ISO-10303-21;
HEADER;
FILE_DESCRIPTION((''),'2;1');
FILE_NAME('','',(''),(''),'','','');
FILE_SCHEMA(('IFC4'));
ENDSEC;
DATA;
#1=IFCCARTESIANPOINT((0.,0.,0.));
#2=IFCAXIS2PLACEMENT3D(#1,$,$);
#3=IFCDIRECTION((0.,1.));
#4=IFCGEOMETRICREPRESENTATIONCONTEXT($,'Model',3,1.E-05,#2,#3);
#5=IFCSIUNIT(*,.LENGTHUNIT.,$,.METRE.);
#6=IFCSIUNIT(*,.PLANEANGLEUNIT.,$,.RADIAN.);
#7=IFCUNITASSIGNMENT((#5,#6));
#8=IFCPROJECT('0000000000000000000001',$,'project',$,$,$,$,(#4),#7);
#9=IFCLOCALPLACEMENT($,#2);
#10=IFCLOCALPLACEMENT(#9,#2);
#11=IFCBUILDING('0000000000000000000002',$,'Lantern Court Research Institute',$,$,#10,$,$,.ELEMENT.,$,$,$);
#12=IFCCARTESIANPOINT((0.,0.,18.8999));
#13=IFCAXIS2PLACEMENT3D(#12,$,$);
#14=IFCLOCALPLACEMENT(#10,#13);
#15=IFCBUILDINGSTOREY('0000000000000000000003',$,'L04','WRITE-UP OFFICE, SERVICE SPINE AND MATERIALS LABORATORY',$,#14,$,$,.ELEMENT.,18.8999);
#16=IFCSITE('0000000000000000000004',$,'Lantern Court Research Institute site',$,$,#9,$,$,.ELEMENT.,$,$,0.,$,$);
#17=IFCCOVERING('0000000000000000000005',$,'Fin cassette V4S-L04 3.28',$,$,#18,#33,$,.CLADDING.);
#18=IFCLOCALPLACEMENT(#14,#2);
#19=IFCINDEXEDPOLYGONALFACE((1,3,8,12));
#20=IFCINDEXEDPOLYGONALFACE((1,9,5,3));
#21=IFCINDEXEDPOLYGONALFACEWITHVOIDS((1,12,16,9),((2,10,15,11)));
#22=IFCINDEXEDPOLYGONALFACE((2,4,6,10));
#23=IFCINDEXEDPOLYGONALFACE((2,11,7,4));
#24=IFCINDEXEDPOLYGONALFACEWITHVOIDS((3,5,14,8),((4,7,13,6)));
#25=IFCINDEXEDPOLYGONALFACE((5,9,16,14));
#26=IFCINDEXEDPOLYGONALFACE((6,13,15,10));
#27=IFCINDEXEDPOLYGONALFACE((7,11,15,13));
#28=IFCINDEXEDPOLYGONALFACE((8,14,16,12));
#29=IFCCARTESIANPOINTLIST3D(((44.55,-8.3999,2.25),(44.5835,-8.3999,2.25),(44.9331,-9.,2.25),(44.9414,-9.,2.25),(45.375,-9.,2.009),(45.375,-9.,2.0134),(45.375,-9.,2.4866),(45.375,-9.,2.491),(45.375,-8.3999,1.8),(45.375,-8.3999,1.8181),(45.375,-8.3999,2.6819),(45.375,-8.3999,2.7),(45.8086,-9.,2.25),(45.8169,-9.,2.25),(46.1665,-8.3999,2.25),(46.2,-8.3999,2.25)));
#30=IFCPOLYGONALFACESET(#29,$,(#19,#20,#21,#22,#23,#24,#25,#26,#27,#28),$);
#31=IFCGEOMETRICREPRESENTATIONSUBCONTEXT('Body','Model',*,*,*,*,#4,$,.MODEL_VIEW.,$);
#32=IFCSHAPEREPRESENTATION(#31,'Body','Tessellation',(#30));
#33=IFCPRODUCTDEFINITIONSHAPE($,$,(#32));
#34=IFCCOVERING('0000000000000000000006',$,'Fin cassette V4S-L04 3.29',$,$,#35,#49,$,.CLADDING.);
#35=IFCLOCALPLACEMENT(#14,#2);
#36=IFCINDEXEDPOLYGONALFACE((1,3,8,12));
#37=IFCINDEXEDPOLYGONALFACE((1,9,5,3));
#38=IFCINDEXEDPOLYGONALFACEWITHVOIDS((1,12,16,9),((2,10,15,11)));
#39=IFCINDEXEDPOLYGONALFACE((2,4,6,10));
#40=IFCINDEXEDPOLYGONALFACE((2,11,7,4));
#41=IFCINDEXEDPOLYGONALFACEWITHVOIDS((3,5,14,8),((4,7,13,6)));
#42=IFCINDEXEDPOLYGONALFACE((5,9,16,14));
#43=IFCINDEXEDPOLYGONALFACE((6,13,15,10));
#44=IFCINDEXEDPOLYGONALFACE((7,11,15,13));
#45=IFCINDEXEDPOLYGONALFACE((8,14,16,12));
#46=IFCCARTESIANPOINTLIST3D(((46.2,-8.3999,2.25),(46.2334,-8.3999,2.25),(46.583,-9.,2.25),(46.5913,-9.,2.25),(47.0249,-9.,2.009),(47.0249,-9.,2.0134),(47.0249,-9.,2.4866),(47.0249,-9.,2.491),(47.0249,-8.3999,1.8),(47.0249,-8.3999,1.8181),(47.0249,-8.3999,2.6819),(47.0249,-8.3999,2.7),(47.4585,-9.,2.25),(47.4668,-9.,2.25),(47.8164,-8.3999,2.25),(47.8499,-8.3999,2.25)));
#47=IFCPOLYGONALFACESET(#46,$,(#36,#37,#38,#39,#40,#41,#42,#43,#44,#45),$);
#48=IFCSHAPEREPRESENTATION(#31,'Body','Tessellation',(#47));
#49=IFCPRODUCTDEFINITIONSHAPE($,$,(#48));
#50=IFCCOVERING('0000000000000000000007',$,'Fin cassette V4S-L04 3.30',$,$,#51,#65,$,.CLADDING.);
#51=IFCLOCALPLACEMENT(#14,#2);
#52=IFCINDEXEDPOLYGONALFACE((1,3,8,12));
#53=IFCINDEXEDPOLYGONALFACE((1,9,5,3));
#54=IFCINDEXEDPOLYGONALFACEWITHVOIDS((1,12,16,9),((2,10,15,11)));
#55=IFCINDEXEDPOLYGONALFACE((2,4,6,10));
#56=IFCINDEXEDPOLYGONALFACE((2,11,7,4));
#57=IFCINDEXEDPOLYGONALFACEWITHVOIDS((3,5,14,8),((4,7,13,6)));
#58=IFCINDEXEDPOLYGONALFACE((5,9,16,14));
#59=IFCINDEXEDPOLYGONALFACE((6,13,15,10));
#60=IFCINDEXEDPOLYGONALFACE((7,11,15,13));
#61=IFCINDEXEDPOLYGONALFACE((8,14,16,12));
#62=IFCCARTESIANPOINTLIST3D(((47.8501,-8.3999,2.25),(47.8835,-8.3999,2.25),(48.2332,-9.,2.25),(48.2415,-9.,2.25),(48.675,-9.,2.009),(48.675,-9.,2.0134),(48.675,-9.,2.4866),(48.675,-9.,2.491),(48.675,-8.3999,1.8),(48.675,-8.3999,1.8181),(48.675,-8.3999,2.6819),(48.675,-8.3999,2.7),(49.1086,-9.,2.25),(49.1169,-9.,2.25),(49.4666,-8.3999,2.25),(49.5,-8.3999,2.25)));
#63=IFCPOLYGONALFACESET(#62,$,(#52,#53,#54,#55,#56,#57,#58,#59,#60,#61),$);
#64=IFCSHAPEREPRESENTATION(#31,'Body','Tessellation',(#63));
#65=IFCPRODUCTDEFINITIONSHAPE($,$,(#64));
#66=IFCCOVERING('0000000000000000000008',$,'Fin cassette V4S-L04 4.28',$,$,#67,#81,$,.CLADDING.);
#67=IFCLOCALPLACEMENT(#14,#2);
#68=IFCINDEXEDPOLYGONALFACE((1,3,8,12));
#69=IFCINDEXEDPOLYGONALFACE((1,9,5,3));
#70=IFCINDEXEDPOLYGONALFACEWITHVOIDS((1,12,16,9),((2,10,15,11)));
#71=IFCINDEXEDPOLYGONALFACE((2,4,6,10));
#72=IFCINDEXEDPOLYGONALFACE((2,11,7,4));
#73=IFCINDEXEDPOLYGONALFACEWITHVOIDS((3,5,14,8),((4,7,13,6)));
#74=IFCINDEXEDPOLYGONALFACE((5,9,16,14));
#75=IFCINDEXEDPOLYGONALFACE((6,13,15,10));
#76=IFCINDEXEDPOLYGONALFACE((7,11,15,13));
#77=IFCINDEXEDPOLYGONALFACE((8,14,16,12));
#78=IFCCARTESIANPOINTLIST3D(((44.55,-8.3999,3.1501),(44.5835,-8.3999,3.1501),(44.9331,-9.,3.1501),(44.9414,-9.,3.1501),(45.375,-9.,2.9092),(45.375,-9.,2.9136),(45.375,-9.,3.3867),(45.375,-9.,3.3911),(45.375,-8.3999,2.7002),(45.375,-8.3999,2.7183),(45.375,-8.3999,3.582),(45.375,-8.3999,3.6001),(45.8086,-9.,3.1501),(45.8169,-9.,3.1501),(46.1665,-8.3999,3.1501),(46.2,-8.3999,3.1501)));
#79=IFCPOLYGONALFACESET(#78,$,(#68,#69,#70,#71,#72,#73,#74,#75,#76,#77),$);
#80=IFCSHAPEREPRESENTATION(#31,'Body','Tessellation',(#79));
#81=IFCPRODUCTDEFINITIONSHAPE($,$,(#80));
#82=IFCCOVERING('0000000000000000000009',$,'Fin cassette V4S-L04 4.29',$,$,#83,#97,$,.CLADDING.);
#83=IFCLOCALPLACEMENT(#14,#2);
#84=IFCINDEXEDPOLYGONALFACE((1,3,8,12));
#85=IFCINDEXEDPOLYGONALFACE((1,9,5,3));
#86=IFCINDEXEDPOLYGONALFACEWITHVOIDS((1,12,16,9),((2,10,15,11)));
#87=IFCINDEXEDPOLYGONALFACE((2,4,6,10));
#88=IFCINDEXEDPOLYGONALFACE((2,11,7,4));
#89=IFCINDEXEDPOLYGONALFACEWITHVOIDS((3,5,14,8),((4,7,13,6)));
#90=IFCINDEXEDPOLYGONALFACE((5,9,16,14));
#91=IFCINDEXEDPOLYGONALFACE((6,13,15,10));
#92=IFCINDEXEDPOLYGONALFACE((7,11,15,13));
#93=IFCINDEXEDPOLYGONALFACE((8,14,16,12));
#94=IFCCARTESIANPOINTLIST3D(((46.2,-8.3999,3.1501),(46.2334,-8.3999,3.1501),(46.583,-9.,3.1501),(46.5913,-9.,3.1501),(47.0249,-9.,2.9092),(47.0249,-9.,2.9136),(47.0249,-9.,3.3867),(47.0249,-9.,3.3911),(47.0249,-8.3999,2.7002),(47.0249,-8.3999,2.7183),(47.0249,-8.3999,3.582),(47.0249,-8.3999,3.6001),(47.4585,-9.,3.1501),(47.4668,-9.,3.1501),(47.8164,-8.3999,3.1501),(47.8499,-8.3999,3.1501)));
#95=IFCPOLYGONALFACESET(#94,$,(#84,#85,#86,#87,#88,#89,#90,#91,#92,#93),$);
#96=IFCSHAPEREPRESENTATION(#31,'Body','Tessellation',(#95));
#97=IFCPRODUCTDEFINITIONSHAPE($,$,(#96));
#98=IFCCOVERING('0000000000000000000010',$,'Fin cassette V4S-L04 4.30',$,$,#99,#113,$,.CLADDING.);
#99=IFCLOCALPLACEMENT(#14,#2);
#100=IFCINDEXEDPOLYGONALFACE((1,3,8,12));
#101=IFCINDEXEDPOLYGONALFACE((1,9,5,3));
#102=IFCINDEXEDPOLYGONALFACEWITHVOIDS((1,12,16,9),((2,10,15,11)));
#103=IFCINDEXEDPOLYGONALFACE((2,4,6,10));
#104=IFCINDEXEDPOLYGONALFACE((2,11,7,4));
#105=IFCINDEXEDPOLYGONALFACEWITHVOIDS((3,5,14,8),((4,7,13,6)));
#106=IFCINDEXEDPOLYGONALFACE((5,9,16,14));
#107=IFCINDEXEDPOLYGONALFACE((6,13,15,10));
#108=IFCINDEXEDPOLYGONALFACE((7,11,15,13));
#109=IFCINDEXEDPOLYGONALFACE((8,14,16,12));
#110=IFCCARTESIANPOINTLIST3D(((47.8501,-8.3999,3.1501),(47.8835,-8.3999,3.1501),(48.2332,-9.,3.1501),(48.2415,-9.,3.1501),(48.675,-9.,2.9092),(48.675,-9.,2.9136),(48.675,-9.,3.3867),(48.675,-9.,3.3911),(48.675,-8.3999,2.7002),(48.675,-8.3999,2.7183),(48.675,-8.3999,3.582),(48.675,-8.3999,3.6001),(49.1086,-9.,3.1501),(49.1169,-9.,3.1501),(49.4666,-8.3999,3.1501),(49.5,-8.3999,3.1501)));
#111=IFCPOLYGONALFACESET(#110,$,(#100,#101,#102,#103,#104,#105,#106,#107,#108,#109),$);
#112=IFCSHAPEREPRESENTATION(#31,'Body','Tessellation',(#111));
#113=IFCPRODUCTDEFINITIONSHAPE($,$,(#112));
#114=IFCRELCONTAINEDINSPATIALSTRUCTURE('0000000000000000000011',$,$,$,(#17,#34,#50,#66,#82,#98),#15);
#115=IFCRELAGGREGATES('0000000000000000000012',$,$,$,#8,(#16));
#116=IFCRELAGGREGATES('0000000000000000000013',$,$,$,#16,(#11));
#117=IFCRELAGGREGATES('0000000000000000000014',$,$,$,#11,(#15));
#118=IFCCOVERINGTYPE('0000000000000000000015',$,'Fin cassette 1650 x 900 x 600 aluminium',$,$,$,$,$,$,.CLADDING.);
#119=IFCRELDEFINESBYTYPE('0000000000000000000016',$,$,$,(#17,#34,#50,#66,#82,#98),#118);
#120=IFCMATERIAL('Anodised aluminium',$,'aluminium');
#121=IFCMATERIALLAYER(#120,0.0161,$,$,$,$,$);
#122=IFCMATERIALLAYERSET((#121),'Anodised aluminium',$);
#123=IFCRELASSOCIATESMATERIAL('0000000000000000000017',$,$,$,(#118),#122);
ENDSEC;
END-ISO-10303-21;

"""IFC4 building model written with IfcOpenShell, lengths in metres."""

from ifc_helpers import new_model, entity, si_unit, direction, frame, origin, place, context, subcontext, project, spatial, material, layer, layer_set, type_object, element, save


model = new_model("IFC4")

# Units and contexts
model_context = context("Model", 3, precision=1e-05, world=origin(), true_north=direction((0.0, 1.0)))
body_context = subcontext(model_context, "Body", "Model", "MODEL_VIEW")
ifc_project = project(units=[si_unit("LENGTHUNIT", "METRE"), si_unit("PLANEANGLEUNIT", "RADIAN")], contexts=[model_context])

# Site, building, storey
site_placement = place(None, origin())
site = spatial("IfcSite", under=ifc_project, at=site_placement, Name="Lantern Court Research Institute site", CompositionType="ELEMENT", RefElevation=0.0)
building_placement = place(site_placement, origin())
building = spatial("IfcBuilding", under=site, at=building_placement, Name="Lantern Court Research Institute", CompositionType="ELEMENT")
storey_placement = place(building_placement, frame((0.0, 0.0, 18.8999)))
storey = spatial("IfcBuildingStorey", under=building, at=storey_placement, Name="L04", Description="WRITE-UP OFFICE, SERVICE SPINE AND MATERIALS LABORATORY", CompositionType="ELEMENT", Elevation=18.8999)

# Coverings
ifc_material_1 = material(Name="Anodised aluminium", Category="aluminium")
ifc_layer_1 = layer(ifc_material_1, 0.0161)
ifc_layer_set_1 = layer_set([ifc_layer_1], Name="Anodised aluminium")
covering_type = type_object("IfcCoveringType", Name="Fin cassette 1650 x 900 x 600 aluminium", PredefinedType="CLADDING", material=ifc_layer_set_1)
covering_1_placement = place(storey_placement, frame((45.375, -8.3999, 2.25), z_axis=(0.0, -1.0, 0.0), x_axis=(1.0, 0.0, 0.0)))
cartesian_point_1 = entity("IfcCartesianPoint", [0.825, 0.0])
cartesian_point_2 = entity("IfcCartesianPoint", [0.7915, 0.0])
cartesian_point_3 = entity("IfcCartesianPoint", [0.4419, 0.0])
cartesian_point_4 = entity("IfcCartesianPoint", [0.4336, 0.0])
element("IfcCovering", 1, at=covering_1_placement, inside=storey, type_object=covering_type, Name="Fin cassette V4S-L04 3.28", PredefinedType="CLADDING", context=body_context, shape_type="SweptSolid", body=[
    entity("IfcExtrudedAreaSolidTapered", entity("IfcArbitraryProfileDefWithVoids", "AREA", None, entity("IfcPolyline", [cartesian_point_1, entity("IfcCartesianPoint", [0.0, 0.45]), entity("IfcCartesianPoint", [-0.825, 0.0]), entity("IfcCartesianPoint", [0.0, -0.45]), cartesian_point_1]), [entity("IfcPolyline", [cartesian_point_2, entity("IfcCartesianPoint", [0.0, 0.4319]), entity("IfcCartesianPoint", [-0.7915, 0.0]), entity("IfcCartesianPoint", [0.0, -0.4319]), cartesian_point_2])]), entity("IfcAxis2Placement3D", entity("IfcCartesianPoint", [0.0, 0.0, 0.0])), entity("IfcDirection", [0.0, 0.0, 1.0]), 0.6001, entity("IfcArbitraryProfileDefWithVoids", "AREA", None, entity("IfcPolyline", [cartesian_point_3, entity("IfcCartesianPoint", [0.0, 0.241]), entity("IfcCartesianPoint", [-0.4419, 0.0]), entity("IfcCartesianPoint", [0.0, -0.241]), cartesian_point_3]), [entity("IfcPolyline", [cartesian_point_4, entity("IfcCartesianPoint", [0.0, 0.2366]), entity("IfcCartesianPoint", [-0.4336, 0.0]), entity("IfcCartesianPoint", [0.0, -0.2366]), cartesian_point_4])])),
])
covering_2_placement = place(storey_placement, frame((47.0249, -8.3999, 2.25), z_axis=(0.0, -1.0, 0.0), x_axis=(1.0, 0.0, 0.0)))
cartesian_point_5 = entity("IfcCartesianPoint", [0.825, 0.0])
cartesian_point_6 = entity("IfcCartesianPoint", [0.7915, 0.0])
cartesian_point_7 = entity("IfcCartesianPoint", [0.4419, 0.0])
cartesian_point_8 = entity("IfcCartesianPoint", [0.4336, 0.0])
element("IfcCovering", 2, at=covering_2_placement, inside=storey, type_object=covering_type, Name="Fin cassette V4S-L04 3.29", PredefinedType="CLADDING", context=body_context, shape_type="SweptSolid", body=[
    entity("IfcExtrudedAreaSolidTapered", entity("IfcArbitraryProfileDefWithVoids", "AREA", None, entity("IfcPolyline", [cartesian_point_5, entity("IfcCartesianPoint", [0.0, 0.45]), entity("IfcCartesianPoint", [-0.825, 0.0]), entity("IfcCartesianPoint", [0.0, -0.45]), cartesian_point_5]), [entity("IfcPolyline", [cartesian_point_6, entity("IfcCartesianPoint", [0.0, 0.4319]), entity("IfcCartesianPoint", [-0.7915, 0.0]), entity("IfcCartesianPoint", [0.0, -0.4319]), cartesian_point_6])]), entity("IfcAxis2Placement3D", entity("IfcCartesianPoint", [0.0, 0.0, 0.0])), entity("IfcDirection", [0.0, 0.0, 1.0]), 0.6001, entity("IfcArbitraryProfileDefWithVoids", "AREA", None, entity("IfcPolyline", [cartesian_point_7, entity("IfcCartesianPoint", [0.0, 0.241]), entity("IfcCartesianPoint", [-0.4419, 0.0]), entity("IfcCartesianPoint", [0.0, -0.241]), cartesian_point_7]), [entity("IfcPolyline", [cartesian_point_8, entity("IfcCartesianPoint", [0.0, 0.2366]), entity("IfcCartesianPoint", [-0.4336, 0.0]), entity("IfcCartesianPoint", [0.0, -0.2366]), cartesian_point_8])])),
])
covering_3_placement = place(storey_placement, frame((48.675, -8.3999, 2.25), z_axis=(0.0, -1.0, 0.0), x_axis=(1.0, 0.0, 0.0)))
cartesian_point_9 = entity("IfcCartesianPoint", [0.825, 0.0])
cartesian_point_10 = entity("IfcCartesianPoint", [0.7915, 0.0])
cartesian_point_11 = entity("IfcCartesianPoint", [0.4419, 0.0])
cartesian_point_12 = entity("IfcCartesianPoint", [0.4336, 0.0])
element("IfcCovering", 3, at=covering_3_placement, inside=storey, type_object=covering_type, Name="Fin cassette V4S-L04 3.30", PredefinedType="CLADDING", context=body_context, shape_type="SweptSolid", body=[
    entity("IfcExtrudedAreaSolidTapered", entity("IfcArbitraryProfileDefWithVoids", "AREA", None, entity("IfcPolyline", [cartesian_point_9, entity("IfcCartesianPoint", [0.0, 0.45]), entity("IfcCartesianPoint", [-0.825, 0.0]), entity("IfcCartesianPoint", [0.0, -0.45]), cartesian_point_9]), [entity("IfcPolyline", [cartesian_point_10, entity("IfcCartesianPoint", [0.0, 0.4319]), entity("IfcCartesianPoint", [-0.7915, 0.0]), entity("IfcCartesianPoint", [0.0, -0.4319]), cartesian_point_10])]), entity("IfcAxis2Placement3D", entity("IfcCartesianPoint", [0.0, 0.0, 0.0])), entity("IfcDirection", [0.0, 0.0, 1.0]), 0.6001, entity("IfcArbitraryProfileDefWithVoids", "AREA", None, entity("IfcPolyline", [cartesian_point_11, entity("IfcCartesianPoint", [0.0, 0.241]), entity("IfcCartesianPoint", [-0.4419, 0.0]), entity("IfcCartesianPoint", [0.0, -0.241]), cartesian_point_11]), [entity("IfcPolyline", [cartesian_point_12, entity("IfcCartesianPoint", [0.0, 0.2366]), entity("IfcCartesianPoint", [-0.4336, 0.0]), entity("IfcCartesianPoint", [0.0, -0.2366]), cartesian_point_12])])),
])
covering_4_placement = place(storey_placement, frame((45.375, -8.3999, 3.1501), z_axis=(0.0, -1.0, 0.0), x_axis=(1.0, 0.0, 0.0)))
cartesian_point_13 = entity("IfcCartesianPoint", [0.825, 0.0])
cartesian_point_14 = entity("IfcCartesianPoint", [0.7915, 0.0])
cartesian_point_15 = entity("IfcCartesianPoint", [0.4419, 0.0])
cartesian_point_16 = entity("IfcCartesianPoint", [0.4336, 0.0])
element("IfcCovering", 4, at=covering_4_placement, inside=storey, type_object=covering_type, Name="Fin cassette V4S-L04 4.28", PredefinedType="CLADDING", context=body_context, shape_type="SweptSolid", body=[
    entity("IfcExtrudedAreaSolidTapered", entity("IfcArbitraryProfileDefWithVoids", "AREA", None, entity("IfcPolyline", [cartesian_point_13, entity("IfcCartesianPoint", [0.0, 0.45]), entity("IfcCartesianPoint", [-0.825, 0.0]), entity("IfcCartesianPoint", [0.0, -0.45]), cartesian_point_13]), [entity("IfcPolyline", [cartesian_point_14, entity("IfcCartesianPoint", [0.0, 0.4319]), entity("IfcCartesianPoint", [-0.7915, 0.0]), entity("IfcCartesianPoint", [0.0, -0.4319]), cartesian_point_14])]), entity("IfcAxis2Placement3D", entity("IfcCartesianPoint", [0.0, 0.0, 0.0])), entity("IfcDirection", [0.0, 0.0, 1.0]), 0.6001, entity("IfcArbitraryProfileDefWithVoids", "AREA", None, entity("IfcPolyline", [cartesian_point_15, entity("IfcCartesianPoint", [0.0, 0.241]), entity("IfcCartesianPoint", [-0.4419, 0.0]), entity("IfcCartesianPoint", [0.0, -0.241]), cartesian_point_15]), [entity("IfcPolyline", [cartesian_point_16, entity("IfcCartesianPoint", [0.0, 0.2366]), entity("IfcCartesianPoint", [-0.4336, 0.0]), entity("IfcCartesianPoint", [0.0, -0.2366]), cartesian_point_16])])),
])
covering_5_placement = place(storey_placement, frame((47.0249, -8.3999, 3.1501), z_axis=(0.0, -1.0, 0.0), x_axis=(1.0, 0.0, 0.0)))
cartesian_point_17 = entity("IfcCartesianPoint", [0.825, 0.0])
cartesian_point_18 = entity("IfcCartesianPoint", [0.7915, 0.0])
cartesian_point_19 = entity("IfcCartesianPoint", [0.4419, 0.0])
cartesian_point_20 = entity("IfcCartesianPoint", [0.4336, 0.0])
element("IfcCovering", 5, at=covering_5_placement, inside=storey, type_object=covering_type, Name="Fin cassette V4S-L04 4.29", PredefinedType="CLADDING", context=body_context, shape_type="SweptSolid", body=[
    entity("IfcExtrudedAreaSolidTapered", entity("IfcArbitraryProfileDefWithVoids", "AREA", None, entity("IfcPolyline", [cartesian_point_17, entity("IfcCartesianPoint", [0.0, 0.45]), entity("IfcCartesianPoint", [-0.825, 0.0]), entity("IfcCartesianPoint", [0.0, -0.45]), cartesian_point_17]), [entity("IfcPolyline", [cartesian_point_18, entity("IfcCartesianPoint", [0.0, 0.4319]), entity("IfcCartesianPoint", [-0.7915, 0.0]), entity("IfcCartesianPoint", [0.0, -0.4319]), cartesian_point_18])]), entity("IfcAxis2Placement3D", entity("IfcCartesianPoint", [0.0, 0.0, 0.0])), entity("IfcDirection", [0.0, 0.0, 1.0]), 0.6001, entity("IfcArbitraryProfileDefWithVoids", "AREA", None, entity("IfcPolyline", [cartesian_point_19, entity("IfcCartesianPoint", [0.0, 0.241]), entity("IfcCartesianPoint", [-0.4419, 0.0]), entity("IfcCartesianPoint", [0.0, -0.241]), cartesian_point_19]), [entity("IfcPolyline", [cartesian_point_20, entity("IfcCartesianPoint", [0.0, 0.2366]), entity("IfcCartesianPoint", [-0.4336, 0.0]), entity("IfcCartesianPoint", [0.0, -0.2366]), cartesian_point_20])])),
])
covering_6_placement = place(storey_placement, frame((48.675, -8.3999, 3.1501), z_axis=(0.0, -1.0, 0.0), x_axis=(1.0, 0.0, 0.0)))
cartesian_point_21 = entity("IfcCartesianPoint", [0.825, 0.0])
cartesian_point_22 = entity("IfcCartesianPoint", [0.7915, 0.0])
cartesian_point_23 = entity("IfcCartesianPoint", [0.4419, 0.0])
cartesian_point_24 = entity("IfcCartesianPoint", [0.4336, 0.0])
element("IfcCovering", 6, at=covering_6_placement, inside=storey, type_object=covering_type, Name="Fin cassette V4S-L04 4.30", PredefinedType="CLADDING", context=body_context, shape_type="SweptSolid", body=[
    entity("IfcExtrudedAreaSolidTapered", entity("IfcArbitraryProfileDefWithVoids", "AREA", None, entity("IfcPolyline", [cartesian_point_21, entity("IfcCartesianPoint", [0.0, 0.45]), entity("IfcCartesianPoint", [-0.825, 0.0]), entity("IfcCartesianPoint", [0.0, -0.45]), cartesian_point_21]), [entity("IfcPolyline", [cartesian_point_22, entity("IfcCartesianPoint", [0.0, 0.4319]), entity("IfcCartesianPoint", [-0.7915, 0.0]), entity("IfcCartesianPoint", [0.0, -0.4319]), cartesian_point_22])]), entity("IfcAxis2Placement3D", entity("IfcCartesianPoint", [0.0, 0.0, 0.0])), entity("IfcDirection", [0.0, 0.0, 1.0]), 0.6001, entity("IfcArbitraryProfileDefWithVoids", "AREA", None, entity("IfcPolyline", [cartesian_point_23, entity("IfcCartesianPoint", [0.0, 0.241]), entity("IfcCartesianPoint", [-0.4419, 0.0]), entity("IfcCartesianPoint", [0.0, -0.241]), cartesian_point_23]), [entity("IfcPolyline", [cartesian_point_24, entity("IfcCartesianPoint", [0.0, 0.2366]), entity("IfcCartesianPoint", [-0.4336, 0.0]), entity("IfcCartesianPoint", [0.0, -0.2366]), cartesian_point_24])])),
])

save(model, "model.ifc")
